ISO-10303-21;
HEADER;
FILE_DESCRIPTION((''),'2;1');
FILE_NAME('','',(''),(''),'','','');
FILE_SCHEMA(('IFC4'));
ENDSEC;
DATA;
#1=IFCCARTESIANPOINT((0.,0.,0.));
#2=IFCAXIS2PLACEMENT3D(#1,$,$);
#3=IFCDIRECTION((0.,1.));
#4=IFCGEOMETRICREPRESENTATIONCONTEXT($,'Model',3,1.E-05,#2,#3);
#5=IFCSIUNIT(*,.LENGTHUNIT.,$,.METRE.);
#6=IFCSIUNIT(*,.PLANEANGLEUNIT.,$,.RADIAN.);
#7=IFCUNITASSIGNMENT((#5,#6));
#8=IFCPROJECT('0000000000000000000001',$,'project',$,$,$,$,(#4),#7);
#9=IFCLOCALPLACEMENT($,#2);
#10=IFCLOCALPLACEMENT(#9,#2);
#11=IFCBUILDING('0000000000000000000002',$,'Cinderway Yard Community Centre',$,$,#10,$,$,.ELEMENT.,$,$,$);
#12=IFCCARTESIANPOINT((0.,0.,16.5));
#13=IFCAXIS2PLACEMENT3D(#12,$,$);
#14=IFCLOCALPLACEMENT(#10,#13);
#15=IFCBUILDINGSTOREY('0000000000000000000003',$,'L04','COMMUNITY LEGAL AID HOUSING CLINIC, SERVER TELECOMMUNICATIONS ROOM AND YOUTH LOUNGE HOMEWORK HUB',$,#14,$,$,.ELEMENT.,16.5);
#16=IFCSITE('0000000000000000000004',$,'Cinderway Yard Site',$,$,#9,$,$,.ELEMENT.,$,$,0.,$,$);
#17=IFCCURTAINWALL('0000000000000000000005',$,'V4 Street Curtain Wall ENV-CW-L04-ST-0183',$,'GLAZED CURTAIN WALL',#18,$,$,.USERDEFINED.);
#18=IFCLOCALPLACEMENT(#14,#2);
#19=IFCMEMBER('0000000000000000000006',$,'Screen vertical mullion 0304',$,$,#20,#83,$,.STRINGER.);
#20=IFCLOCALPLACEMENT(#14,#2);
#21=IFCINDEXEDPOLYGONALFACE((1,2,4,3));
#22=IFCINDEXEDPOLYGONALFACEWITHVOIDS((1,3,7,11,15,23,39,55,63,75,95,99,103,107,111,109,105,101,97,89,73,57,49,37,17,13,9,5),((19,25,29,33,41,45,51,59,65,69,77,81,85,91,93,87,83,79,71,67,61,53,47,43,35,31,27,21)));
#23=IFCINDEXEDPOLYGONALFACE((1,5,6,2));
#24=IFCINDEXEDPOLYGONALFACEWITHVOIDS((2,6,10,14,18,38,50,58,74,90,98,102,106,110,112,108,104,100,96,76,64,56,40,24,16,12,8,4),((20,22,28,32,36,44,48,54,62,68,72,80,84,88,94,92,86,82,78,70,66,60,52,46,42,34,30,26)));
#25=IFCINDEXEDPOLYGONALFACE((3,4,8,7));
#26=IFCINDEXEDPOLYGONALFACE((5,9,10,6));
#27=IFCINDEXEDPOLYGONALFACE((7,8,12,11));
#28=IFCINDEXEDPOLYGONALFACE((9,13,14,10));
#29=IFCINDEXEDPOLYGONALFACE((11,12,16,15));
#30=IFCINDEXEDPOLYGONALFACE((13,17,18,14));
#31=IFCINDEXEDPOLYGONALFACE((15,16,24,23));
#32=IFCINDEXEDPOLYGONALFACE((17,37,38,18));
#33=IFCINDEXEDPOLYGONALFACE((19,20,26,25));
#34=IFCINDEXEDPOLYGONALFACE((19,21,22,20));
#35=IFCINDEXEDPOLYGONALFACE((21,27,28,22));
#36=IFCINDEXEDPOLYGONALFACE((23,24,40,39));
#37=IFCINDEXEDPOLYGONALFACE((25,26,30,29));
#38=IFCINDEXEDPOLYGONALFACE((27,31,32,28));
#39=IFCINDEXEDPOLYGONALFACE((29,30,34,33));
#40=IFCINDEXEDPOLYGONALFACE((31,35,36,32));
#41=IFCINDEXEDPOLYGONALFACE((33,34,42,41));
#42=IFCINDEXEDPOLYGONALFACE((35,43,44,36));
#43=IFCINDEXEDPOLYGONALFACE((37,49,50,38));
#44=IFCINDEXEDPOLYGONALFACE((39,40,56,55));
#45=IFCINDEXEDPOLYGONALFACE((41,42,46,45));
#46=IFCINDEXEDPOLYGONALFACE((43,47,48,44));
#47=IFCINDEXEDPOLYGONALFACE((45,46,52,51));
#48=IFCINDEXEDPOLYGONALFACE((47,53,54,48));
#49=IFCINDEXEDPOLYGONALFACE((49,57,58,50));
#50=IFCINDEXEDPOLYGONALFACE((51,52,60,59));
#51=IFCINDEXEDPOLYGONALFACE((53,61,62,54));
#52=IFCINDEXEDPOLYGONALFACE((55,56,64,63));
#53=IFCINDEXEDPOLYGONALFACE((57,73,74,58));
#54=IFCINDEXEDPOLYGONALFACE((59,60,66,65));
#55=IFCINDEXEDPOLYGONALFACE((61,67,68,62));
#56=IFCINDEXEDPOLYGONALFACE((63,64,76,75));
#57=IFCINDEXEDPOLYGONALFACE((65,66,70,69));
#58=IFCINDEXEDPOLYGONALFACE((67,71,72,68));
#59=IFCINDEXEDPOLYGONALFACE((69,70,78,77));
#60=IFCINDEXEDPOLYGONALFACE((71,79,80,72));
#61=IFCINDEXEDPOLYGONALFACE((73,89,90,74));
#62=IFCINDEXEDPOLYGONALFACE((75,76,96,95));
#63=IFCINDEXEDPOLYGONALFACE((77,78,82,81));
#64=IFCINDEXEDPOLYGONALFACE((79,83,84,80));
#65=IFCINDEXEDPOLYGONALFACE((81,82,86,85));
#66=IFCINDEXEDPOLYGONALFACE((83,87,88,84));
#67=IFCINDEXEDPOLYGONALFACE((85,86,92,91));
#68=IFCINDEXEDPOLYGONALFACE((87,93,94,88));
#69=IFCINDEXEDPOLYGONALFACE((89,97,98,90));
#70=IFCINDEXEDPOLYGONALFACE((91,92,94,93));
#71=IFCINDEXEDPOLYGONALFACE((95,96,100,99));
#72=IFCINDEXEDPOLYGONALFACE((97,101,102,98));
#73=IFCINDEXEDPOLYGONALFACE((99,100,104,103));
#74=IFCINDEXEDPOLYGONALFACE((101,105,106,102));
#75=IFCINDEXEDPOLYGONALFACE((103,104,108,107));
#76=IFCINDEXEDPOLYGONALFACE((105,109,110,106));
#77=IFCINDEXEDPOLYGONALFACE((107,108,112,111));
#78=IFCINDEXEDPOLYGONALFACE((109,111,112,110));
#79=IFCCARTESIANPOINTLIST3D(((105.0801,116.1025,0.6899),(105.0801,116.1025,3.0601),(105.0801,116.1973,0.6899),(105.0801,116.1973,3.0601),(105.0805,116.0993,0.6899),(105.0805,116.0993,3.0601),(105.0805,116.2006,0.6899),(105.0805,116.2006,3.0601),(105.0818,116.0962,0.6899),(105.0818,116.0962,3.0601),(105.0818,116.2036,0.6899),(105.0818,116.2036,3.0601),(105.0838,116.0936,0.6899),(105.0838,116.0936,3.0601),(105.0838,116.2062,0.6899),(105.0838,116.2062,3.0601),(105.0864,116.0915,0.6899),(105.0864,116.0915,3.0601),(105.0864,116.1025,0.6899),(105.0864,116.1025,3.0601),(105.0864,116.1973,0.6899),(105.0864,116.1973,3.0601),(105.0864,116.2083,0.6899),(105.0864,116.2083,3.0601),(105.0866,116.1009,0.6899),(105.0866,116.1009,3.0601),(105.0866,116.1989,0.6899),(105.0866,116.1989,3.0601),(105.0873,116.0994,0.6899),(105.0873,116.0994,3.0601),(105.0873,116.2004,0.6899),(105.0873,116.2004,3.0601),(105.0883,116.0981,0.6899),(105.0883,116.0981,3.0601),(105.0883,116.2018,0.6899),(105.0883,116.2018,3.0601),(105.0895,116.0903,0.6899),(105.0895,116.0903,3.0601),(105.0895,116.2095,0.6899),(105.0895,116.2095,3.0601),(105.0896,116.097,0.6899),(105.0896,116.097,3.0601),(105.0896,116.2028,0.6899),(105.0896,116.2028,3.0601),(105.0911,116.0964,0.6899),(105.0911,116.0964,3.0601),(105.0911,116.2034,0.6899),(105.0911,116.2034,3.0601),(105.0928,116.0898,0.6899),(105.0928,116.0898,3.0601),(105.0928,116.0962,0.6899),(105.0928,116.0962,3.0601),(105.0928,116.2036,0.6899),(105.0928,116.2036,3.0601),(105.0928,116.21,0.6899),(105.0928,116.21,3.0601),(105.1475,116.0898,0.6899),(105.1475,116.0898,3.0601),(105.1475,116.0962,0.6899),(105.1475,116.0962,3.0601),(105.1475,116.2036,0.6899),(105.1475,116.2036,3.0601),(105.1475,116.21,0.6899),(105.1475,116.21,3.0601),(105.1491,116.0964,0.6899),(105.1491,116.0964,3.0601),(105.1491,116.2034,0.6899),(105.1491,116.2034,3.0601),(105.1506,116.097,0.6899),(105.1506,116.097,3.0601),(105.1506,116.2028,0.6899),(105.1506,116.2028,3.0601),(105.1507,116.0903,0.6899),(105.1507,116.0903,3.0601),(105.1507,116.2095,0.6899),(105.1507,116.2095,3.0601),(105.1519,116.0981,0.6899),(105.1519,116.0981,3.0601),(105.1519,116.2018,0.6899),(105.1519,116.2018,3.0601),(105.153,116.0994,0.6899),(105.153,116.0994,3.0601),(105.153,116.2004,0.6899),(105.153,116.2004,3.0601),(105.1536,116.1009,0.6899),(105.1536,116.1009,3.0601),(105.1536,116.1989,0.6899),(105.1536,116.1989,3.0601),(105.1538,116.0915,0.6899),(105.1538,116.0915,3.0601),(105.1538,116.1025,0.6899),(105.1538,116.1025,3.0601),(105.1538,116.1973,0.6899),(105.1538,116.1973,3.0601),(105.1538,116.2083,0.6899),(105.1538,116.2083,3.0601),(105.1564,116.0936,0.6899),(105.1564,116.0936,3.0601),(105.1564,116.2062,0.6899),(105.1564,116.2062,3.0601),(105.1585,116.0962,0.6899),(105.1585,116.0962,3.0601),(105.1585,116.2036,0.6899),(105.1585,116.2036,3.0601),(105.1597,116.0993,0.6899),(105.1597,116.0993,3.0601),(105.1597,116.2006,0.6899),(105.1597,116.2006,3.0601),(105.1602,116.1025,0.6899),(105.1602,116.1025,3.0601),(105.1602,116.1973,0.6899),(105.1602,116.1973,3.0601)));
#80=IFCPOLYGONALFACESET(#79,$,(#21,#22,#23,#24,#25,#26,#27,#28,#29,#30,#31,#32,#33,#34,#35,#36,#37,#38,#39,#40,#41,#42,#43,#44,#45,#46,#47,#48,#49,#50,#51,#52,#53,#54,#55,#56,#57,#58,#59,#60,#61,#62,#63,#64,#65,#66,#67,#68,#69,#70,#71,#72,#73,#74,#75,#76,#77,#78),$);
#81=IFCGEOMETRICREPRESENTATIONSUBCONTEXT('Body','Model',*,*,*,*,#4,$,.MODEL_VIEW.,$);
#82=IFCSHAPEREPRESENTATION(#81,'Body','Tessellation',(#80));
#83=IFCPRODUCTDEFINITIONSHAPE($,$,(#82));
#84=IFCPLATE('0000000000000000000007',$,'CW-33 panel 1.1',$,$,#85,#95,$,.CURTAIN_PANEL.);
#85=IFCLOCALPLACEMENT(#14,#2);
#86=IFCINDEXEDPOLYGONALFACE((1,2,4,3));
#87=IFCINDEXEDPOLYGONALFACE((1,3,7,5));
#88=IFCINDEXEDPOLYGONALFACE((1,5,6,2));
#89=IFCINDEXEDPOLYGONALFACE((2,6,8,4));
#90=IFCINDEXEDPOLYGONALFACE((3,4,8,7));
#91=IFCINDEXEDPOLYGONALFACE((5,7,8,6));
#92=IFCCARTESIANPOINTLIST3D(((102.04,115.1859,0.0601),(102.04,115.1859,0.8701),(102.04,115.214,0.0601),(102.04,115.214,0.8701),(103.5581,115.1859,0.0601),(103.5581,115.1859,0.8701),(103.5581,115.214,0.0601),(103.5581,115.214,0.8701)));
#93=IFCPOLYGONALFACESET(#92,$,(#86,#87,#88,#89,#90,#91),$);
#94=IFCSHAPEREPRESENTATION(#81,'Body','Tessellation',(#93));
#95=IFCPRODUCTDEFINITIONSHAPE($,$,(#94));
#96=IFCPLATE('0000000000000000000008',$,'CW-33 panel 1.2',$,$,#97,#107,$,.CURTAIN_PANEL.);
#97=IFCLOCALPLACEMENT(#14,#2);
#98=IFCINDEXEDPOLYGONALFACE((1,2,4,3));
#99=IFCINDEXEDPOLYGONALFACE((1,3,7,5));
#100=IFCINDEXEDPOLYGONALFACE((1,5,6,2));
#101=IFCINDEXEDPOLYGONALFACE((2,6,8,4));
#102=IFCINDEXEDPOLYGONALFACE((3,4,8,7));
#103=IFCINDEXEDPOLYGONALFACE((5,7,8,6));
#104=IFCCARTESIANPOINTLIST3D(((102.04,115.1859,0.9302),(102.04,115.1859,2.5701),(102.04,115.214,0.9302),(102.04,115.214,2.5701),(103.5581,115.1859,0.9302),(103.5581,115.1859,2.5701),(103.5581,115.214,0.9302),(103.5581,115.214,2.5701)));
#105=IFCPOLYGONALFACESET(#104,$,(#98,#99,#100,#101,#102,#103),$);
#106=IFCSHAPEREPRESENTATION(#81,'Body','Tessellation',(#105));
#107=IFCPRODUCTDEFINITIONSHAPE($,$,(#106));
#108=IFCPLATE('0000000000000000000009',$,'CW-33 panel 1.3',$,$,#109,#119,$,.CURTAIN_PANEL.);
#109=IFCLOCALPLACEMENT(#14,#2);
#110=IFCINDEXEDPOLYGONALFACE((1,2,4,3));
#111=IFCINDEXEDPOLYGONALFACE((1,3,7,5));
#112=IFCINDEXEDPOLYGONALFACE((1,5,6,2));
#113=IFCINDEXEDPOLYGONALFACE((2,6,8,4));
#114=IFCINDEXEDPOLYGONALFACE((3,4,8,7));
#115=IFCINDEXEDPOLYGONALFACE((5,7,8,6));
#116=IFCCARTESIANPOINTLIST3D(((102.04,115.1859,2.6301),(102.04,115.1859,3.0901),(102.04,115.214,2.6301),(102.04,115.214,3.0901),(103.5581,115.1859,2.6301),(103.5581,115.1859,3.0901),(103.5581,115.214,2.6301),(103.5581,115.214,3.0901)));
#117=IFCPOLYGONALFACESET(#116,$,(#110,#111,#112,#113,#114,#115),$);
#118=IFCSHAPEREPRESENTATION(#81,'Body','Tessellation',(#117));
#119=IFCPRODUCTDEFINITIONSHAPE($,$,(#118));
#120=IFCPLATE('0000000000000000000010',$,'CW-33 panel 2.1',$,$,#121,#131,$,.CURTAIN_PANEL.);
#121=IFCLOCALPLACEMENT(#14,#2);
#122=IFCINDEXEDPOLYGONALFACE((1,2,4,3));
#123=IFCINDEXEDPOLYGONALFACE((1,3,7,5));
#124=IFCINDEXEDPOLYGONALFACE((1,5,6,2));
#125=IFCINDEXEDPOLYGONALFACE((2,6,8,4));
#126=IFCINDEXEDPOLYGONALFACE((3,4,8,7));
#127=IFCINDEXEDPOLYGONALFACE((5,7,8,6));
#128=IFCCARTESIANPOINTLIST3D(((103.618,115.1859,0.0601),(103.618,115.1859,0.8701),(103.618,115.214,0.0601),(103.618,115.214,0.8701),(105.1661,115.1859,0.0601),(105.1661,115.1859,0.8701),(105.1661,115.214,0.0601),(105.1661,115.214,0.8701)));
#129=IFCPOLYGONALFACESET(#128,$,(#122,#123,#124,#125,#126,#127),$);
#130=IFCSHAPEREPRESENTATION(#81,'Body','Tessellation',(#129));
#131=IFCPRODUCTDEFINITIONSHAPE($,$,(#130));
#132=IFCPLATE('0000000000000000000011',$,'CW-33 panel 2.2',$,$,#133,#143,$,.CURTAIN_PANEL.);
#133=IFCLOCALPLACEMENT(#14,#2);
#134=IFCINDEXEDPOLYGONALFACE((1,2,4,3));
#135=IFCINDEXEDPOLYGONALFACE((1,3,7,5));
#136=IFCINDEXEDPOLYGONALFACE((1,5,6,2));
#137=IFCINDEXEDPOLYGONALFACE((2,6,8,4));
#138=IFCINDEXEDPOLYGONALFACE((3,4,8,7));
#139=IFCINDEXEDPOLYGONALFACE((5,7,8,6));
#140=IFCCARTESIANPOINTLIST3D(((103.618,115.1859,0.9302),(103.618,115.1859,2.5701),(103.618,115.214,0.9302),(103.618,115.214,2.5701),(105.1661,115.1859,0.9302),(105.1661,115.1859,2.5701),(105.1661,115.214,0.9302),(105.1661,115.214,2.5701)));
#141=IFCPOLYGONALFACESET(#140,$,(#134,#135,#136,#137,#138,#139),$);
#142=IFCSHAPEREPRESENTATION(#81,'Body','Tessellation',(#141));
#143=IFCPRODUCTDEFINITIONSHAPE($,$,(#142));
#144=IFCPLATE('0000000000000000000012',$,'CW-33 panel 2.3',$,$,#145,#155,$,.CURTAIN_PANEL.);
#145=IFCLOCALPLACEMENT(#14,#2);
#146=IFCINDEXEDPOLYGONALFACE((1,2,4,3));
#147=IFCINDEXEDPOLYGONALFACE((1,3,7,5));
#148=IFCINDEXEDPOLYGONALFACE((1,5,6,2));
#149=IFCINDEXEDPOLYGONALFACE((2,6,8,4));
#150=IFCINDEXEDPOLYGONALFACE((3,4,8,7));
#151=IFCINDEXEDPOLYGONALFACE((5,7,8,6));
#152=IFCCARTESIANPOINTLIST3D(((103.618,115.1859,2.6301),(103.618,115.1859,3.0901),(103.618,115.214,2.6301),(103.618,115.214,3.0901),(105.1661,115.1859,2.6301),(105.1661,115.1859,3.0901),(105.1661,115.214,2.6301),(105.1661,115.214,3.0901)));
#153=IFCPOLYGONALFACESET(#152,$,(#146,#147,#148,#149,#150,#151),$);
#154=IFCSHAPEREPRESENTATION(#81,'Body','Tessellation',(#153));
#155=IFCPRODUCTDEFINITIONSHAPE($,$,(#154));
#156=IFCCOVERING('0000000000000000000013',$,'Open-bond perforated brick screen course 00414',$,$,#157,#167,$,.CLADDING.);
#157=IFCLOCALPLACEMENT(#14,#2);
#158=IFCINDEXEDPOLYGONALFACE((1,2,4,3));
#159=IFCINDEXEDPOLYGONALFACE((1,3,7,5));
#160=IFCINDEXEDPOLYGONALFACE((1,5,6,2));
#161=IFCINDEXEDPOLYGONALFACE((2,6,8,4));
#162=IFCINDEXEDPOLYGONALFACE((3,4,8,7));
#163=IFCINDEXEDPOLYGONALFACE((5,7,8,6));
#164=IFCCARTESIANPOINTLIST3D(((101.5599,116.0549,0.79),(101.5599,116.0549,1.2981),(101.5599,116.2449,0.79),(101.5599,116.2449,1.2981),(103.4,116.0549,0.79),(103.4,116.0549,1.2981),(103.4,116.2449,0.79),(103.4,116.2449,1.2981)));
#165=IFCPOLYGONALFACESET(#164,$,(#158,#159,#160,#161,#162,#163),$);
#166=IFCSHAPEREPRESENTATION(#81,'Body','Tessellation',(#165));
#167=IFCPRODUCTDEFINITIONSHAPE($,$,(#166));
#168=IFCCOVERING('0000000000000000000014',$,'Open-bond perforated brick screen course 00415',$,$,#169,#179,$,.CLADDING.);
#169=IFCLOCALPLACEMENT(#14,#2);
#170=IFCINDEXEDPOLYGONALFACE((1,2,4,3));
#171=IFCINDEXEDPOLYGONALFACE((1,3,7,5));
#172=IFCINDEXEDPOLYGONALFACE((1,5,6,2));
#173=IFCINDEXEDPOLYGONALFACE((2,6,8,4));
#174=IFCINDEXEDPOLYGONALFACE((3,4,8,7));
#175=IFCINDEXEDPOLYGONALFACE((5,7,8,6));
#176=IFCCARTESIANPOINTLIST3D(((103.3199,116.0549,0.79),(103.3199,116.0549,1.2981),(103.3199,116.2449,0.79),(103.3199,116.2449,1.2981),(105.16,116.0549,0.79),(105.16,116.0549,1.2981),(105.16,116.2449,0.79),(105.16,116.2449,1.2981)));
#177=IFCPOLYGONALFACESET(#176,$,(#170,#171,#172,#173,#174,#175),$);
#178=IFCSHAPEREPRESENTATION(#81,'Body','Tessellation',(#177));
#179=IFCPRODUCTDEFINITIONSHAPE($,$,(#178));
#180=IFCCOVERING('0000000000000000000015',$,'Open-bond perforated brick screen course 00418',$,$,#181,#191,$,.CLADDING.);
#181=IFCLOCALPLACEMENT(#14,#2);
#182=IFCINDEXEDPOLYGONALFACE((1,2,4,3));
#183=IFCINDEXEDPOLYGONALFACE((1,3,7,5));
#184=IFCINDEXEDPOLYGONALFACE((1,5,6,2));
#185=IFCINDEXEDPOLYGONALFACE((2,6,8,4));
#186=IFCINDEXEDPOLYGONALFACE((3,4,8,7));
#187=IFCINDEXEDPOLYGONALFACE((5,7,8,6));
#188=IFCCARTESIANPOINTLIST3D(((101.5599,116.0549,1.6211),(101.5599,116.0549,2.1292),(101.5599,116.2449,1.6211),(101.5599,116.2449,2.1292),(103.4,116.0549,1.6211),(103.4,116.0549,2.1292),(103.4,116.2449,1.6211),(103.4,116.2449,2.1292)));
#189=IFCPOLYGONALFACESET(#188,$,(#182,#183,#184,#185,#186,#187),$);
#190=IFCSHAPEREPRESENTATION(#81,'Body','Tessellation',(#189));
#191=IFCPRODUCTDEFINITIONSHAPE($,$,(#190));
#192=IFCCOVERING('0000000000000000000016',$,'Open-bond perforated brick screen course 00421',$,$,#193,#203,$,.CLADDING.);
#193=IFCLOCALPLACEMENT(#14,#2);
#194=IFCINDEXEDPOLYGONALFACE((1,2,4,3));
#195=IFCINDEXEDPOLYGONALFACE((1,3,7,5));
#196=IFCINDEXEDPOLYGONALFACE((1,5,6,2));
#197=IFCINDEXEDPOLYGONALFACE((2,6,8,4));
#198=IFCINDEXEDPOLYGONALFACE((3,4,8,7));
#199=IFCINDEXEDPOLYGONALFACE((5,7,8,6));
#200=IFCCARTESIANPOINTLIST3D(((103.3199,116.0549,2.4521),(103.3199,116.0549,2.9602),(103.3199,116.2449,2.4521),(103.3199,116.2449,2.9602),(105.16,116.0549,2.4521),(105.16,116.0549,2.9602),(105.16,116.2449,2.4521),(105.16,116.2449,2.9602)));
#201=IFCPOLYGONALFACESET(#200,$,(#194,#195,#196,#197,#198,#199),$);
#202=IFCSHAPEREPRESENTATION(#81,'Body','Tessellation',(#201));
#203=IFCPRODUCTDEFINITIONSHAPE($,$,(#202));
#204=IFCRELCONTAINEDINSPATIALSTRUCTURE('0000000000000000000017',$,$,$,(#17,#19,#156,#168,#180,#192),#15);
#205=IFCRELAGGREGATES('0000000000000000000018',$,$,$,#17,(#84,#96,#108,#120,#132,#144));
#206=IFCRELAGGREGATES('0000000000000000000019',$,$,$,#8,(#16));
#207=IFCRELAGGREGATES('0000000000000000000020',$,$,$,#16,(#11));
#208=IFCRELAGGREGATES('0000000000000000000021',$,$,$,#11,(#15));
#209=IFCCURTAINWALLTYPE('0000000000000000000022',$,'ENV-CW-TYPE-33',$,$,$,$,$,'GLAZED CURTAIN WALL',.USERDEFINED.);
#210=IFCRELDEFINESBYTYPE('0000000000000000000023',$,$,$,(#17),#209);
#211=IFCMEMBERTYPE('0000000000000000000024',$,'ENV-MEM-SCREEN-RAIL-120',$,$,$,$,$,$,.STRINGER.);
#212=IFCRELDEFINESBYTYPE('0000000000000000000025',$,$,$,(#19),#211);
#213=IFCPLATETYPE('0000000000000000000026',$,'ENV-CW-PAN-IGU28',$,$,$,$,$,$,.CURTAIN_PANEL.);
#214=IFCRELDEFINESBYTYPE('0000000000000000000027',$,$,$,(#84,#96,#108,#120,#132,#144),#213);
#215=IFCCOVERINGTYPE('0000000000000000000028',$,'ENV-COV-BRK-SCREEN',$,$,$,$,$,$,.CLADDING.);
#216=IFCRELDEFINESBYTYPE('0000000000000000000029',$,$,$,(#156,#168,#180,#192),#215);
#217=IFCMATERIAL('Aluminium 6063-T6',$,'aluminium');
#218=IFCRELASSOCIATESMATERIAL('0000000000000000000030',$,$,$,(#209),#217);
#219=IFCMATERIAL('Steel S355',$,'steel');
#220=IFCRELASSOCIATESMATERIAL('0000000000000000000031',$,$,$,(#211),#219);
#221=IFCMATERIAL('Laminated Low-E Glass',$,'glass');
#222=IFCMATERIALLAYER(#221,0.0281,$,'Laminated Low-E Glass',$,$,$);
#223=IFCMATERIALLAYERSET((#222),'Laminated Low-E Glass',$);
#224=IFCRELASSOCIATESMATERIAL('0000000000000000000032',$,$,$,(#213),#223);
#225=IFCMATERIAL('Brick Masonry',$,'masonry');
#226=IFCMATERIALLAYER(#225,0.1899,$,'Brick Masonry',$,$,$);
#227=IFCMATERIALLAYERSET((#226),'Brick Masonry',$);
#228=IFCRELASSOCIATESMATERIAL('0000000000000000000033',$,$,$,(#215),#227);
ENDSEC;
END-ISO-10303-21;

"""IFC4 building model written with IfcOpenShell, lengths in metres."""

from ifc_helpers import new_model, si_unit, direction, frame, origin, origin_2d, place, context, subcontext, project, spatial, rectangle, hollow_rectangle, extrude, material, layer, layer_set, material_profile, profile_set, type_object, element, aggregate, save


model = new_model("IFC4")

# Units and contexts
model_context = context("Model", 3, precision=1e-05, world=origin(), true_north=direction((0.0, 1.0)))
body_context = subcontext(model_context, "Body", "Model", "MODEL_VIEW")
ifc_project = project(units=[si_unit("LENGTHUNIT", "METRE"), si_unit("PLANEANGLEUNIT", "RADIAN")], contexts=[model_context])

# Site, building, storey
site_placement = place(None, origin())
site = spatial("IfcSite", under=ifc_project, at=site_placement, Name="Cinderway Yard Site", CompositionType="ELEMENT", RefElevation=0.0)
building_placement = place(site_placement, origin())
building = spatial("IfcBuilding", under=site, at=building_placement, Name="Cinderway Yard Community Centre", CompositionType="ELEMENT")
storey_placement = place(building_placement, frame((0.0, 0.0, 16.5)))
storey = spatial("IfcBuildingStorey", under=building, at=storey_placement, Name="L04", Description="COMMUNITY LEGAL AID HOUSING CLINIC, SERVER TELECOMMUNICATIONS ROOM AND YOUTH LOUNGE HOMEWORK HUB", CompositionType="ELEMENT", Elevation=16.5)

# Curtain wall
ifc_material_1 = material(Name="Aluminium 6063-T6", Category="aluminium")
curtain_wall_type = type_object("IfcCurtainWallType", Name="ENV-CW-TYPE-33", ElementType="GLAZED CURTAIN WALL", PredefinedType="USERDEFINED", material=ifc_material_1)
curtain_wall_placement = place(storey_placement, origin())
curtain_wall = element("IfcCurtainWall", 1, at=curtain_wall_placement, inside=storey, type_object=curtain_wall_type, Name="V4 Street Curtain Wall ENV-CW-L04-ST-0183", ObjectType="GLAZED CURTAIN WALL", PredefinedType="USERDEFINED")

# Member
ifc_material_2 = material(Name="Steel S355", Category="steel")
ifc_material_profile_1 = material_profile(ifc_material_2, hollow_rectangle(XDim=0.0801, YDim=0.1201, WallThickness=0.0063, InnerFilletRadius=0.0063, OuterFilletRadius=0.0127, at=origin_2d()), Name="Steel S355")
ifc_profile_set_1 = profile_set([ifc_material_profile_1], Name="Steel S355")
member_type_1 = type_object("IfcMemberType", Name="ENV-MEM-SCREEN-RAIL-120", PredefinedType="STRINGER", material=ifc_profile_set_1)
for number, where, z_axis, x_axis, name in (
    (2, (105.1201, 116.1499, 0.6899), (0.0, 0.0, 1.0), (1.0, 0.0, 0.0), "Screen vertical mullion 0304"),
):
    element("IfcMember", number, at=place(storey_placement, frame(where, z_axis=z_axis, x_axis=x_axis)), inside=storey, type_object=member_type_1, Name=name, PredefinedType="STRINGER", context=body_context, shape_type="SweptSolid", body=[
        extrude(hollow_rectangle(XDim=0.0801, YDim=0.1201, WallThickness=0.0063, InnerFilletRadius=0.0063, OuterFilletRadius=0.0127, at=origin_2d()), origin(), (0.0, 0.0, 1.0), 2.3701),
    ])

# Plates
ifc_material_3 = material(Name="Laminated Low-E Glass", Category="glass")
ifc_layer_1 = layer(ifc_material_3, 0.0281, Name="Laminated Low-E Glass")
ifc_layer_set_1 = layer_set([ifc_layer_1], Name="Laminated Low-E Glass")
plate_type = type_object("IfcPlateType", Name="ENV-CW-PAN-IGU28", PredefinedType="CURTAIN_PANEL", material=ifc_layer_set_1)
plate_1_placement = place(storey_placement, frame((102.7991, 115.2, 0.0601), z_axis=(0.0, 0.0, 1.0), x_axis=(1.0, 0.0, 0.0)))
plate_1 = element("IfcPlate", 3, at=plate_1_placement, type_object=plate_type, Name="CW-33 panel 1.1", PredefinedType="CURTAIN_PANEL", context=body_context, shape_type="SweptSolid", body=[
    extrude(rectangle(XDim=1.5181, YDim=0.0281, at=origin_2d()), origin(), (0.0, 0.0, 1.0), 0.8101),
])
plate_2_placement = place(storey_placement, frame((102.7991, 115.2, 0.9302), z_axis=(0.0, 0.0, 1.0), x_axis=(1.0, 0.0, 0.0)))
plate_2 = element("IfcPlate", 4, at=plate_2_placement, type_object=plate_type, Name="CW-33 panel 1.2", PredefinedType="CURTAIN_PANEL", context=body_context, shape_type="SweptSolid", body=[
    extrude(rectangle(XDim=1.5181, YDim=0.0281, at=origin_2d()), origin(), (0.0, 0.0, 1.0), 1.6399),
])
plate_3_placement = place(storey_placement, frame((102.7991, 115.2, 2.6301), z_axis=(0.0, 0.0, 1.0), x_axis=(1.0, 0.0, 0.0)))
plate_3 = element("IfcPlate", 5, at=plate_3_placement, type_object=plate_type, Name="CW-33 panel 1.3", PredefinedType="CURTAIN_PANEL", context=body_context, shape_type="SweptSolid", body=[
    extrude(rectangle(XDim=1.5181, YDim=0.0281, at=origin_2d()), origin(), (0.0, 0.0, 1.0), 0.46),
])
plate_4_placement = place(storey_placement, frame((104.3921, 115.2, 0.0601), z_axis=(0.0, 0.0, 1.0), x_axis=(1.0, 0.0, 0.0)))
plate_4 = element("IfcPlate", 6, at=plate_4_placement, type_object=plate_type, Name="CW-33 panel 2.1", PredefinedType="CURTAIN_PANEL", context=body_context, shape_type="SweptSolid", body=[
    extrude(rectangle(XDim=1.5481, YDim=0.0281, at=origin_2d()), origin(), (0.0, 0.0, 1.0), 0.8101),
])
plate_5_placement = place(storey_placement, frame((104.3921, 115.2, 0.9302), z_axis=(0.0, 0.0, 1.0), x_axis=(1.0, 0.0, 0.0)))
plate_5 = element("IfcPlate", 7, at=plate_5_placement, type_object=plate_type, Name="CW-33 panel 2.2", PredefinedType="CURTAIN_PANEL", context=body_context, shape_type="SweptSolid", body=[
    extrude(rectangle(XDim=1.5481, YDim=0.0281, at=origin_2d()), origin(), (0.0, 0.0, 1.0), 1.6399),
])
plate_6_placement = place(storey_placement, frame((104.3921, 115.2, 2.6301), z_axis=(0.0, 0.0, 1.0), x_axis=(1.0, 0.0, 0.0)))
plate_6 = element("IfcPlate", 8, at=plate_6_placement, type_object=plate_type, Name="CW-33 panel 2.3", PredefinedType="CURTAIN_PANEL", context=body_context, shape_type="SweptSolid", body=[
    extrude(rectangle(XDim=1.5481, YDim=0.0281, at=origin_2d()), origin(), (0.0, 0.0, 1.0), 0.46),
])
aggregate(curtain_wall, [plate_1, plate_2, plate_3, plate_4, plate_5, plate_6])

# Coverings
ifc_material_4 = material(Name="Brick Masonry", Category="masonry")
ifc_layer_2 = layer(ifc_material_4, 0.1899, Name="Brick Masonry")
ifc_layer_set_2 = layer_set([ifc_layer_2], Name="Brick Masonry")
covering_type = type_object("IfcCoveringType", Name="ENV-COV-BRK-SCREEN", PredefinedType="CLADDING", material=ifc_layer_set_2)
for number, where, z_axis, x_axis, name in (
    (9, (102.48, 116.1499, 0.79), (0.0, 0.0, 1.0), (1.0, 0.0, 0.0), "Open-bond perforated brick screen course 00414"),
    (10, (104.24, 116.1499, 0.79), (0.0, 0.0, 1.0), (1.0, 0.0, 0.0), "Open-bond perforated brick screen course 00415"),
    (11, (102.48, 116.1499, 1.6211), (0.0, 0.0, 1.0), (1.0, 0.0, 0.0), "Open-bond perforated brick screen course 00418"),
    (12, (104.24, 116.1499, 2.4521), (0.0, 0.0, 1.0), (1.0, 0.0, 0.0), "Open-bond perforated brick screen course 00421"),
):
    element("IfcCovering", number, at=place(storey_placement, frame(where, z_axis=z_axis, x_axis=x_axis)), inside=storey, type_object=covering_type, Name=name, PredefinedType="CLADDING", context=body_context, shape_type="SweptSolid", body=[
        extrude(rectangle(XDim=1.8401, YDim=0.1899, at=origin_2d()), origin(), (0.0, 0.0, 1.0), 0.5081),
    ])

save(model, "model.ifc")
